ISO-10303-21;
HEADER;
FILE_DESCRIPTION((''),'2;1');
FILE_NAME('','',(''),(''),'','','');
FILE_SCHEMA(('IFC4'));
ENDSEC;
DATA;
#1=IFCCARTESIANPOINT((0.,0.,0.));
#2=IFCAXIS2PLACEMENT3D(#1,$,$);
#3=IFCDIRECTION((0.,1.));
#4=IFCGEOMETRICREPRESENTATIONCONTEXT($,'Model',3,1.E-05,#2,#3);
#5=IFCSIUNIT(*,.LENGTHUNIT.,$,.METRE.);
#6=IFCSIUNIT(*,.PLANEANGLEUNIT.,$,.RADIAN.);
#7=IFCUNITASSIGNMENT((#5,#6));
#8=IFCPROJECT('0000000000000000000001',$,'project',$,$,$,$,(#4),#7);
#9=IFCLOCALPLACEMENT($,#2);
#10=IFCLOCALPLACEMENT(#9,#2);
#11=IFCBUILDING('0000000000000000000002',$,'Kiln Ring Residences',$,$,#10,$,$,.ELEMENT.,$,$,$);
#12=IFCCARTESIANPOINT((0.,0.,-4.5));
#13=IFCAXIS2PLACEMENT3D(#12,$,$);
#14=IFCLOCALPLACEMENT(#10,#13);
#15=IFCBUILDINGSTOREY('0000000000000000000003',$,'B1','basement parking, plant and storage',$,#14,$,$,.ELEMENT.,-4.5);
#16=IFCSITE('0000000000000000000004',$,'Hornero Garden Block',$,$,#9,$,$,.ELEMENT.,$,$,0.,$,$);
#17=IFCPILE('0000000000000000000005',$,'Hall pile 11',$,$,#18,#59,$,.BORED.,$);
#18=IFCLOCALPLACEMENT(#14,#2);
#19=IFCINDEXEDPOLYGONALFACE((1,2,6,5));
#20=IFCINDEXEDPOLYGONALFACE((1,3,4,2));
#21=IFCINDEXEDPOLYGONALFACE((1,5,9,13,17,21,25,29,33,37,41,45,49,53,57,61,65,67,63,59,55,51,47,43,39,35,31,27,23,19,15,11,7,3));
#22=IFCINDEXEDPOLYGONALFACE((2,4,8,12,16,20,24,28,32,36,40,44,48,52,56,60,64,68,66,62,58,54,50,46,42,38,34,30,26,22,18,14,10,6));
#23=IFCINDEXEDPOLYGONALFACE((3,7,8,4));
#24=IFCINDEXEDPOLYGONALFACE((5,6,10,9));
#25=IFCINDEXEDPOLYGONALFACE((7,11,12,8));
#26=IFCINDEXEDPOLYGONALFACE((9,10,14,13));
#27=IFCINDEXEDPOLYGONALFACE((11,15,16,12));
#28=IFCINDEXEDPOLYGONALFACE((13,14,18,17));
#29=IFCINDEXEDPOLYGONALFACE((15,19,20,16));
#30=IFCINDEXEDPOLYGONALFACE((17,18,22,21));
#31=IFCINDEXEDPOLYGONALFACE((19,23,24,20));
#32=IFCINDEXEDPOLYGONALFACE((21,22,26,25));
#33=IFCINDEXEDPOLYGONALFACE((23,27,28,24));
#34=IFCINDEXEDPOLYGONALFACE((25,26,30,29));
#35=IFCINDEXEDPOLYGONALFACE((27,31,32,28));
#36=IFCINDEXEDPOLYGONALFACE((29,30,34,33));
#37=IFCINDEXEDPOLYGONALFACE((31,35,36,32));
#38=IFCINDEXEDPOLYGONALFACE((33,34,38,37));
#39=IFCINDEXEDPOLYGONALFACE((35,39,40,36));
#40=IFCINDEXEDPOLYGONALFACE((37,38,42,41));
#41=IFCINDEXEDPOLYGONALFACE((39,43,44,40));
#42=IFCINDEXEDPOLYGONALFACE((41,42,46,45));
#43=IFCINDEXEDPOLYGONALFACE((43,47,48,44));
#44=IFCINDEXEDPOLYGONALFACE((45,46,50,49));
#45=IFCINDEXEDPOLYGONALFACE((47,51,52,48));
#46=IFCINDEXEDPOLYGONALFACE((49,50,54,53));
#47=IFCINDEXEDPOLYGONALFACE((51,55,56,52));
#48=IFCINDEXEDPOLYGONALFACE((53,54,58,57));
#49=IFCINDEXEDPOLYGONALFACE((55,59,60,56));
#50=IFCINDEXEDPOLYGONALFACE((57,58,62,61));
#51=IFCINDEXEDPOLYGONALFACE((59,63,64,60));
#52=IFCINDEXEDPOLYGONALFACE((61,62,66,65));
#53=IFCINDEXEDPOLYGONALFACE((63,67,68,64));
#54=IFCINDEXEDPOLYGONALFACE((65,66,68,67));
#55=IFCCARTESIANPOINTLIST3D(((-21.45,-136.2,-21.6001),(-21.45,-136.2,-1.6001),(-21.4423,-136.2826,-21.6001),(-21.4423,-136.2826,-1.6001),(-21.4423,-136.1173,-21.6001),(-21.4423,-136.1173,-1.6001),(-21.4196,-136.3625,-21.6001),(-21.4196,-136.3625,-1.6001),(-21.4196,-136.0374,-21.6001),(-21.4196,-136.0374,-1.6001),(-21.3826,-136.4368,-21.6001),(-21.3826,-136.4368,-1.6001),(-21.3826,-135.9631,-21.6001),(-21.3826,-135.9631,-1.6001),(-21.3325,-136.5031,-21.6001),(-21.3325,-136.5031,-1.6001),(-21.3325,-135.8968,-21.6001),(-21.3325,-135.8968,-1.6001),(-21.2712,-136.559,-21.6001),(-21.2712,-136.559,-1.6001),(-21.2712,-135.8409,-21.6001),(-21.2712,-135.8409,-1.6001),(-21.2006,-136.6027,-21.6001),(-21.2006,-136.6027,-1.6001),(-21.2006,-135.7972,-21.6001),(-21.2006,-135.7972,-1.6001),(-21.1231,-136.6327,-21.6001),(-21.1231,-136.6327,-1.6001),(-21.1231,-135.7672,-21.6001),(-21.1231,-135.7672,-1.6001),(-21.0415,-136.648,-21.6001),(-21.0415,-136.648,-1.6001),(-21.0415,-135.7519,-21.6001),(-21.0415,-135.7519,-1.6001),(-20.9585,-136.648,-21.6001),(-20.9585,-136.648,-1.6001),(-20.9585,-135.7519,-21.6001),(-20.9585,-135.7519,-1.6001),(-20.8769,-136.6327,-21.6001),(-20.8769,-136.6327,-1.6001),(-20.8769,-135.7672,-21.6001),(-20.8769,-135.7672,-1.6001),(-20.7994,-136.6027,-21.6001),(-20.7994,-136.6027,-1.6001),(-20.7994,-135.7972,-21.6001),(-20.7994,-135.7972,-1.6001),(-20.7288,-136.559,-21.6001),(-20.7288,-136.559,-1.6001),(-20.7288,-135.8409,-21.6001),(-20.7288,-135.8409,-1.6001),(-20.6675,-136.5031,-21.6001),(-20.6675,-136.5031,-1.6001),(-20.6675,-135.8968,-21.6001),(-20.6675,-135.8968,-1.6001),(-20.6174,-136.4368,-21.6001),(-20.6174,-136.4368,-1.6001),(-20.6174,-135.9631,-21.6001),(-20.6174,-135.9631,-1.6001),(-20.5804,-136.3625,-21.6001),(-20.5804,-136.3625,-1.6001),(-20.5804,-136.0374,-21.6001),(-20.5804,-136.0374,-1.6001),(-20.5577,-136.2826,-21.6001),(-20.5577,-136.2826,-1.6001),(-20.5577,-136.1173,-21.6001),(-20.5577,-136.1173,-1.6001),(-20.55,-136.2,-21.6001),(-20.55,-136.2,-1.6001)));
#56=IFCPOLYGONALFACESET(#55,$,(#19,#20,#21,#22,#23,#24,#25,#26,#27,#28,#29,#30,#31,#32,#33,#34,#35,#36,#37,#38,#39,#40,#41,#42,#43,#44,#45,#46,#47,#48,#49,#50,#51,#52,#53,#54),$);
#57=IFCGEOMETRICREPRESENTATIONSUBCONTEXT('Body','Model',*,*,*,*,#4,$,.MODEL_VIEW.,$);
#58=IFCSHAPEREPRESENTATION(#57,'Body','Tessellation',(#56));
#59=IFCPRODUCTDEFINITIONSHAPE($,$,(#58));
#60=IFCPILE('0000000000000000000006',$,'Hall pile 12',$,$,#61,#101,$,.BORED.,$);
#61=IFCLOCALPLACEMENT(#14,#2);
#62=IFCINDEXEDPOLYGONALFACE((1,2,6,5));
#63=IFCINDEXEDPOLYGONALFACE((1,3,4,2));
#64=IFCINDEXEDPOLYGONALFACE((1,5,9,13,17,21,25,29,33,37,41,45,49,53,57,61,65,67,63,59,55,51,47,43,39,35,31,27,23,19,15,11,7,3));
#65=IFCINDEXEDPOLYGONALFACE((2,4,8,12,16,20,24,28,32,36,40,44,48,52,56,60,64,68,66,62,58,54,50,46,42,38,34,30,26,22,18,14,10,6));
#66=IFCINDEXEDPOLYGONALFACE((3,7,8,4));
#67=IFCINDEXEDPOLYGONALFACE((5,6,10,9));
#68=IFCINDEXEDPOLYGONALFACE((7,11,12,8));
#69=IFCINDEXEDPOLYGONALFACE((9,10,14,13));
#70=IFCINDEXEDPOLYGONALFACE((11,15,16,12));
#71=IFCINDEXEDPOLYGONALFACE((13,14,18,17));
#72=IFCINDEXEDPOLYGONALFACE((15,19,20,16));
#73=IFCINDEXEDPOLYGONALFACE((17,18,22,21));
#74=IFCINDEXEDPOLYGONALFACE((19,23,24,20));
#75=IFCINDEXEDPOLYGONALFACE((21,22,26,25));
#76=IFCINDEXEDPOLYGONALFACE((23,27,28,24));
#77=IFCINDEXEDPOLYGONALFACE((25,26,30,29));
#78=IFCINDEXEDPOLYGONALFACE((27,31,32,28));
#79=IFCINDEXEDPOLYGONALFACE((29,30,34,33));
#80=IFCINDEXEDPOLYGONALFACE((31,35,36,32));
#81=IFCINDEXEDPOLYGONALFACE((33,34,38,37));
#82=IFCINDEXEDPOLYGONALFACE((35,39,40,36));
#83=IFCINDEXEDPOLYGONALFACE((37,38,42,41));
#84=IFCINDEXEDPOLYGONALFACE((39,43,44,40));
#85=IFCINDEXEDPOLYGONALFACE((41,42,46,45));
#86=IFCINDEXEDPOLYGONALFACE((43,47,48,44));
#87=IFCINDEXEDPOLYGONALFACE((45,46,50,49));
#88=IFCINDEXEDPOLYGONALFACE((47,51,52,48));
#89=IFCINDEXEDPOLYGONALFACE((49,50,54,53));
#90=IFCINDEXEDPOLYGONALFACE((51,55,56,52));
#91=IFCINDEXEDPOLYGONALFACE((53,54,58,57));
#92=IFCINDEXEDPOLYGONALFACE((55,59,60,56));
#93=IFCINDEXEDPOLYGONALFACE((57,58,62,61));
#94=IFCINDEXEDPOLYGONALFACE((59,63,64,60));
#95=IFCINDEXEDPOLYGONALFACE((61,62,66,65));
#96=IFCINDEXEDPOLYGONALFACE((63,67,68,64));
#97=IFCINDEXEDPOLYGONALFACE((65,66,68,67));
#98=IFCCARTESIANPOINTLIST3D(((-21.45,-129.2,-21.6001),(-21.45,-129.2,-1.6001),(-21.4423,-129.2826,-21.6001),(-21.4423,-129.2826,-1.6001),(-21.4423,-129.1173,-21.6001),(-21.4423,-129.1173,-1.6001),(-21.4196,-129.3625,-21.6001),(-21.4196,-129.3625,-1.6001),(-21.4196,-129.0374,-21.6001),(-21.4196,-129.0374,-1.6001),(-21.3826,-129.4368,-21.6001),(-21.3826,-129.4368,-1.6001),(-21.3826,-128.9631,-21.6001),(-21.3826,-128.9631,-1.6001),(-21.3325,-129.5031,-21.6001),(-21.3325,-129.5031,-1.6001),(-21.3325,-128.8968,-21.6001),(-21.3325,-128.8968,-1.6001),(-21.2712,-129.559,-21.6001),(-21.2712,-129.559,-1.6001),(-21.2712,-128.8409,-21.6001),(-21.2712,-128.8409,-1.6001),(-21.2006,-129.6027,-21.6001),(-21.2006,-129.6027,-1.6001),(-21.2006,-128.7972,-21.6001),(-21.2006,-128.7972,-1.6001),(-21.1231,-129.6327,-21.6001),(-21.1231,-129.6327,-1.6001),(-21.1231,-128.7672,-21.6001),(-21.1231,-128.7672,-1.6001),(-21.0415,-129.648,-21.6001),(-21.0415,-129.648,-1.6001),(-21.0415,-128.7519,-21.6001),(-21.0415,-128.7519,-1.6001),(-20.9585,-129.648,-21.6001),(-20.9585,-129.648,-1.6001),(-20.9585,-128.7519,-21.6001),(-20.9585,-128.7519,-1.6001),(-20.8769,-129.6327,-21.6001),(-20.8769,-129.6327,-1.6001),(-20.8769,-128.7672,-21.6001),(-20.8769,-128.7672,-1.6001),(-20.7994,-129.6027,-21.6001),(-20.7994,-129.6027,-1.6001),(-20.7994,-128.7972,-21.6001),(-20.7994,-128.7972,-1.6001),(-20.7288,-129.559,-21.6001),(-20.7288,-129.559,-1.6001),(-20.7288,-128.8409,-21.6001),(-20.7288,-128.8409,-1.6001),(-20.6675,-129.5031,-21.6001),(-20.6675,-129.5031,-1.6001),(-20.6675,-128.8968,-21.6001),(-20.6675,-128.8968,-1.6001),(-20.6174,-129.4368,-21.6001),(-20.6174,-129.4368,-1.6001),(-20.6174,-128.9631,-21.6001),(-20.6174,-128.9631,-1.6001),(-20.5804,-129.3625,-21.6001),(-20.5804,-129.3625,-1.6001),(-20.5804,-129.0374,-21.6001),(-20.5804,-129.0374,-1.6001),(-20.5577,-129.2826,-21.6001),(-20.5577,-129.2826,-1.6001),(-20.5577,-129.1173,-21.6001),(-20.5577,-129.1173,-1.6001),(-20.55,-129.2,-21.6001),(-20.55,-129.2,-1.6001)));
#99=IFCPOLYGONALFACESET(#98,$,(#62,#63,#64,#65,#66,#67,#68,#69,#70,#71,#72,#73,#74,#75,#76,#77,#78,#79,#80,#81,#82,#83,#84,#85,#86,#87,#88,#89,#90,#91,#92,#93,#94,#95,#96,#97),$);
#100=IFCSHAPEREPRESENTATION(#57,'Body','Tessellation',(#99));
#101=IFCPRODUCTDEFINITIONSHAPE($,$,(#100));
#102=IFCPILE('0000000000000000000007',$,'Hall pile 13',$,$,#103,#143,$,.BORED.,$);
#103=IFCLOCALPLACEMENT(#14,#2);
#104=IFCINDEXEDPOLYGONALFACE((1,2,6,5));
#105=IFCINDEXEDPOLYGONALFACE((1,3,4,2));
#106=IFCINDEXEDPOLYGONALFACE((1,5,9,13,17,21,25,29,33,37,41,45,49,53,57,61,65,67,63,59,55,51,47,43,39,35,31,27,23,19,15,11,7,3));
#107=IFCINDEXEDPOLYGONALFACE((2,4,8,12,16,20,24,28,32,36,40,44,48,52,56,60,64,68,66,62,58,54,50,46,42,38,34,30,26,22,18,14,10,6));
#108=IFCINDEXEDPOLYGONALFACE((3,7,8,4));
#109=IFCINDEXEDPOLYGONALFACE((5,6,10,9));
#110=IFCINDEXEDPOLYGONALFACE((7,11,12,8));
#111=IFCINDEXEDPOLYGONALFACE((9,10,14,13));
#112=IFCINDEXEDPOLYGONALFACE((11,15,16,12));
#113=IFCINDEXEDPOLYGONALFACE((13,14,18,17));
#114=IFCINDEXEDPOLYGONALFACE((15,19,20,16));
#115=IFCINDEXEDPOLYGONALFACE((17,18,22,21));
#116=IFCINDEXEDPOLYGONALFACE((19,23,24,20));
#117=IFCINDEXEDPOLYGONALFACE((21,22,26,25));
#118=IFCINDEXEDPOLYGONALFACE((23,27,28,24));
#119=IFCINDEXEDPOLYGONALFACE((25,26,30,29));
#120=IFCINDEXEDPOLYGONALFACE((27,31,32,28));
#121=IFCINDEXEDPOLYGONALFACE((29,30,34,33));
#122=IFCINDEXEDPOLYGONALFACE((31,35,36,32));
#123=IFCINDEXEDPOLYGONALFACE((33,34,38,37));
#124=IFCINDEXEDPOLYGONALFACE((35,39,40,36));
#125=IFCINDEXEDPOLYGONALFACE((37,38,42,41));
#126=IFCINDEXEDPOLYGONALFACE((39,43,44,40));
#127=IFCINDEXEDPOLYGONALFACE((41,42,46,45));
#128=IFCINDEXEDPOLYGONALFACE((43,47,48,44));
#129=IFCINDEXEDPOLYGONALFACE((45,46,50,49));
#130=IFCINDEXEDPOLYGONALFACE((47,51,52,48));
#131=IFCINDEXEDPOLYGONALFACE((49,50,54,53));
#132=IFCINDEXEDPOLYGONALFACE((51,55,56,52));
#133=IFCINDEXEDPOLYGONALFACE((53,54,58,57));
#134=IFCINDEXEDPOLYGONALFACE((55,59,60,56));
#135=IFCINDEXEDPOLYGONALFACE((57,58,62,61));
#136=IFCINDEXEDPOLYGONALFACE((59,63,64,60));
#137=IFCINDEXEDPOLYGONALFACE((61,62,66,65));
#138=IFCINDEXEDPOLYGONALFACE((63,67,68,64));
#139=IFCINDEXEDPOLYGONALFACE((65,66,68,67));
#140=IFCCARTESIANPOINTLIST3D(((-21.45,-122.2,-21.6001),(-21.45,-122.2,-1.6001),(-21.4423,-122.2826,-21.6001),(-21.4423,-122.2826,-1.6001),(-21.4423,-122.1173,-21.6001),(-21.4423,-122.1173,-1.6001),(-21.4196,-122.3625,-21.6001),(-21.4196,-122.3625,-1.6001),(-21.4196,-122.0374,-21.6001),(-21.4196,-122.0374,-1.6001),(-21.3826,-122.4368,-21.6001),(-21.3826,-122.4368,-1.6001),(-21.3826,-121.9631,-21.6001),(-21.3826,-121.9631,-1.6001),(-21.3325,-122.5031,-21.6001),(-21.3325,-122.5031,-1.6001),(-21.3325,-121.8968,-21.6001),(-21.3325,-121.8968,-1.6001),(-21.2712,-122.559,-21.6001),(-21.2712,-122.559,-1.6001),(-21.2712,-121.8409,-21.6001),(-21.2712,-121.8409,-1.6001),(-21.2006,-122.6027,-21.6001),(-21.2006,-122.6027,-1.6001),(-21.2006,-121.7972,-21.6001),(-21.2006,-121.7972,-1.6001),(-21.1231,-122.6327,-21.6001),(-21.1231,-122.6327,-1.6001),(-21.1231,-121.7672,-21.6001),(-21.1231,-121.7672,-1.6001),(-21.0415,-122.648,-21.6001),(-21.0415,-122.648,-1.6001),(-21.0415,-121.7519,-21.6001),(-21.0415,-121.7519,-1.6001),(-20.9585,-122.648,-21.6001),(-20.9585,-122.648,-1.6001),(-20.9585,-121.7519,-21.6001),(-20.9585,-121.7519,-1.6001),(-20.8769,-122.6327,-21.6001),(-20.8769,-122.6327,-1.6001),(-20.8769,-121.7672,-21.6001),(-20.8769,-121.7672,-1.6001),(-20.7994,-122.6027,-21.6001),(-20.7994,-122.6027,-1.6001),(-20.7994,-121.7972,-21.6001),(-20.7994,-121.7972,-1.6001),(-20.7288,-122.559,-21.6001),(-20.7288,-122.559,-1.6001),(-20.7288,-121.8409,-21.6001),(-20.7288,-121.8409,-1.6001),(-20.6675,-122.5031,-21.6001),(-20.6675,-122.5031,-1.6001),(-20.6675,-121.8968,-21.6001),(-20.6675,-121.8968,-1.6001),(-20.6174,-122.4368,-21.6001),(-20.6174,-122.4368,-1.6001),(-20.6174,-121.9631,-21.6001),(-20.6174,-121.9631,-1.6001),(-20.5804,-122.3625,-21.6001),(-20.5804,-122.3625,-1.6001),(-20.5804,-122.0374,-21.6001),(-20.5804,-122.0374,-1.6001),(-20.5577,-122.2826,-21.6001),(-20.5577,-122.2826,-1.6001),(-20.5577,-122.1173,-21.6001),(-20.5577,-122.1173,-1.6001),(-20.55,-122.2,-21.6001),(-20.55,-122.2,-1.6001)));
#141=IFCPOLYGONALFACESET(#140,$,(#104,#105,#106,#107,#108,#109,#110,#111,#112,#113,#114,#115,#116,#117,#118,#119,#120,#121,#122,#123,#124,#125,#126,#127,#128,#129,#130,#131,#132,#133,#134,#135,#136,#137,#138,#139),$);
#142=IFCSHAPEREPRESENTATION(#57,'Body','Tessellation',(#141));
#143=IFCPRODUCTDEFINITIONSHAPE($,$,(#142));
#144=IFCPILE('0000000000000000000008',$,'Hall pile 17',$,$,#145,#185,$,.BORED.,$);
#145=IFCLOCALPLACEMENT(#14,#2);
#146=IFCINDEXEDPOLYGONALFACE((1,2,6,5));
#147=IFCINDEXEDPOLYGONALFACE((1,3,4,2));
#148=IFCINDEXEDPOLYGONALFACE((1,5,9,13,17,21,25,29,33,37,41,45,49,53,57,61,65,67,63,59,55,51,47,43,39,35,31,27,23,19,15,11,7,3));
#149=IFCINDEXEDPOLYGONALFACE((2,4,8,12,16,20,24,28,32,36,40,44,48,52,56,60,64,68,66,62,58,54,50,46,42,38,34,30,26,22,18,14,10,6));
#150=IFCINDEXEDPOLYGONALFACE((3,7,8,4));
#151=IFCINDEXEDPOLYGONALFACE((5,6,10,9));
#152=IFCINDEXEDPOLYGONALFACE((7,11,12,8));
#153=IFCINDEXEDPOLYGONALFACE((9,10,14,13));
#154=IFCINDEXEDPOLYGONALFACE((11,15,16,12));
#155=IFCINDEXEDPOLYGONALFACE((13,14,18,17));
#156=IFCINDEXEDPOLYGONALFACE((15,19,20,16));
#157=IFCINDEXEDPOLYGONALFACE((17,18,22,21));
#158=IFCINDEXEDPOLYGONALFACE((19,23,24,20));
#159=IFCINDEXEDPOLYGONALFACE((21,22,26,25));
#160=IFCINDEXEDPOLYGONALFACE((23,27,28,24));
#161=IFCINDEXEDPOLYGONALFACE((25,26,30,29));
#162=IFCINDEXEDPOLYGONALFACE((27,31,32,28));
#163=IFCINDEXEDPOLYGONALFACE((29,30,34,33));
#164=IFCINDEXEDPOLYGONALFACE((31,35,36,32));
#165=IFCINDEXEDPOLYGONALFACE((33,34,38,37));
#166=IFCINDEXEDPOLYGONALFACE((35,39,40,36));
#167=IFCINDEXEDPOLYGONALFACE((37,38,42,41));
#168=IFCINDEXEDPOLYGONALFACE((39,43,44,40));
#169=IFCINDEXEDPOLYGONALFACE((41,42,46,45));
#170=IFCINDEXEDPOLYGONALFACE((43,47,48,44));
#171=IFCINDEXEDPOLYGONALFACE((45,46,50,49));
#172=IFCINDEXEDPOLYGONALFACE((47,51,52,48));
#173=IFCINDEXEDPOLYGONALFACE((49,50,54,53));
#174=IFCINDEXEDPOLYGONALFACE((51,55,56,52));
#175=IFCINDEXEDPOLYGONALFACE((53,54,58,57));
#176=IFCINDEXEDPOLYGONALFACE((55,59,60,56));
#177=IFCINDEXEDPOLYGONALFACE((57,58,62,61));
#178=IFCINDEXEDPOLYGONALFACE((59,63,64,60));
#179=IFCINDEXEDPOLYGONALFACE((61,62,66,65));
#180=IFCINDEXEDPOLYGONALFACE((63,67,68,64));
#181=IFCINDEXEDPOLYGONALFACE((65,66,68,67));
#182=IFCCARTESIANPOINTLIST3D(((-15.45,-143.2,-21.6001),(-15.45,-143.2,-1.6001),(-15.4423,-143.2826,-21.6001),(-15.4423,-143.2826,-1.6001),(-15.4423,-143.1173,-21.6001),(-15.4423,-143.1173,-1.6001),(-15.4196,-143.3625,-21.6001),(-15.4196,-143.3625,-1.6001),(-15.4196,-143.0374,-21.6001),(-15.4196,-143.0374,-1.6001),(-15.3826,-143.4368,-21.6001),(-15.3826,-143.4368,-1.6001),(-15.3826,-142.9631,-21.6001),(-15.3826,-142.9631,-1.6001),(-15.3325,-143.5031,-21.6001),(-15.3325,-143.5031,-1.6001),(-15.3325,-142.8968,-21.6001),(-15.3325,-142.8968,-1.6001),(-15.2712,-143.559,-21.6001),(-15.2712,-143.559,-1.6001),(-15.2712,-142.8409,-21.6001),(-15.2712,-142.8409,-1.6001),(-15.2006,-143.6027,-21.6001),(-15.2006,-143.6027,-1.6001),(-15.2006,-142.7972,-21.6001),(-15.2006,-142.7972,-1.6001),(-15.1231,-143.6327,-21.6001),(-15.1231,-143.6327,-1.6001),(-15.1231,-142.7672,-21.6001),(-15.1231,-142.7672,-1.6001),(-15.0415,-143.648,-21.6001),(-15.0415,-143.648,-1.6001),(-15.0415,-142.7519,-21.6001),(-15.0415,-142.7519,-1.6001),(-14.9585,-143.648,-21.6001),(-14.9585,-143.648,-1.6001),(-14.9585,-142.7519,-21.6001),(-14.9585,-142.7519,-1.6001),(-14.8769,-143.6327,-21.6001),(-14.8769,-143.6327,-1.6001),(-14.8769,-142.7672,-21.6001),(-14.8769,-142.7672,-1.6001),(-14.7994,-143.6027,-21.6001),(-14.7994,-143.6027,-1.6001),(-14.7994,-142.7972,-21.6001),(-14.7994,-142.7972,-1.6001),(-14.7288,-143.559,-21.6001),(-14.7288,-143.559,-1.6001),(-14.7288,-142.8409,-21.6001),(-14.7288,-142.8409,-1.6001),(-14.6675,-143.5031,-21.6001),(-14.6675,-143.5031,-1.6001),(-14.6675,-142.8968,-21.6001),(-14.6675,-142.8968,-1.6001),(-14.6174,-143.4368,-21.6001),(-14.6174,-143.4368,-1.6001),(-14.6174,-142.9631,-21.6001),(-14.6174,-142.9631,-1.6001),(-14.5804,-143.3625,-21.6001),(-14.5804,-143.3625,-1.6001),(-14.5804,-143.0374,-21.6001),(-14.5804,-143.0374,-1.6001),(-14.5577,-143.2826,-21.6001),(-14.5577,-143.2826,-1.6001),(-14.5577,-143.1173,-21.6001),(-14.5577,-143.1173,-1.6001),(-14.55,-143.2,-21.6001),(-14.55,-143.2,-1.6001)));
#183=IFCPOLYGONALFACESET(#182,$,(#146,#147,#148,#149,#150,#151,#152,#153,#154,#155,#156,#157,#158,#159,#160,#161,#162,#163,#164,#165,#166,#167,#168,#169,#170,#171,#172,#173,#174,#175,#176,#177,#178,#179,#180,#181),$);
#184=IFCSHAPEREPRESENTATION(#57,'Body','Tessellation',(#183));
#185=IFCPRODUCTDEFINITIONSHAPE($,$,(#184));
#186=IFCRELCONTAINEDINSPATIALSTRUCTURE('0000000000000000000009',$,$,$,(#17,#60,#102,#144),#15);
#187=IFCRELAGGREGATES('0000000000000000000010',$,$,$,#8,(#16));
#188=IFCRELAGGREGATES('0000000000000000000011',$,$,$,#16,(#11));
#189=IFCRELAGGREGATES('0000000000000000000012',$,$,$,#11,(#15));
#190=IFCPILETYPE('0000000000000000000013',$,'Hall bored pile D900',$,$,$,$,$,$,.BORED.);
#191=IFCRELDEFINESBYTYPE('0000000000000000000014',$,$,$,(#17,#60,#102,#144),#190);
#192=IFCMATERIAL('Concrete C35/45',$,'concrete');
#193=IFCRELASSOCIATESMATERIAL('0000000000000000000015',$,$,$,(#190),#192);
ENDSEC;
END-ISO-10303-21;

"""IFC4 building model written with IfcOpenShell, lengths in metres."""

from ifc_helpers import new_model, si_unit, direction, frame, origin, origin_2d, place, context, subcontext, project, spatial, circle, extrude, material, material_profile, profile_set, type_object, element, save


model = new_model("IFC4")

# Units and contexts
model_context = context("Model", 3, precision=1e-05, world=origin(), true_north=direction((0.0, 1.0)))
body_context = subcontext(model_context, "Body", "Model", "MODEL_VIEW")
ifc_project = project(units=[si_unit("LENGTHUNIT", "METRE"), si_unit("PLANEANGLEUNIT", "RADIAN")], contexts=[model_context])

# Site, building, storey
site_placement = place(None, origin())
site = spatial("IfcSite", under=ifc_project, at=site_placement, Name="Hornero Garden Block", CompositionType="ELEMENT", RefElevation=0.0)
building_placement = place(site_placement, origin())
building = spatial("IfcBuilding", under=site, at=building_placement, Name="Kiln Ring Residences", CompositionType="ELEMENT")
storey_placement = place(building_placement, frame((0.0, 0.0, -4.5)))
storey = spatial("IfcBuildingStorey", under=building, at=storey_placement, Name="B1", Description="basement parking, plant and storage", CompositionType="ELEMENT", Elevation=-4.5)

# Piles
ifc_material_1 = material(Name="Concrete C35/45", Category="concrete")
ifc_material_profile = material_profile(ifc_material_1, circle(Radius=0.45, at=origin_2d()), Name="Hall bored pile D900")
ifc_profile_set = profile_set([ifc_material_profile], Name="Concrete C35/45")
pile_type = type_object("IfcPileType", Name="Hall bored pile D900", PredefinedType="BORED", material=ifc_profile_set)
for number, where, z_axis, x_axis, name in (
    (1, (-21.0, -136.2, -1.6001), (0.0, 0.0, -1.0), (1.0, 0.0, 0.0), "Hall pile 11"),
    (2, (-21.0, -129.2, -1.6001), (0.0, 0.0, -1.0), (1.0, 0.0, 0.0), "Hall pile 12"),
    (3, (-21.0, -122.2, -1.6001), (0.0, 0.0, -1.0), (1.0, 0.0, 0.0), "Hall pile 13"),
    (4, (-15.0, -143.2, -1.6001), (0.0, 0.0, -1.0), (1.0, 0.0, 0.0), "Hall pile 17"),
):
    element("IfcPile", number, at=place(storey_placement, frame(where, z_axis=z_axis, x_axis=x_axis)), inside=storey, type_object=pile_type, Name=name, PredefinedType="BORED", context=body_context, shape_type="SweptSolid", body=[
        extrude(circle(Radius=0.45, at=origin_2d()), origin(), (0.0, 0.0, 1.0), 20.0),
    ])

save(model, "model.ifc")
